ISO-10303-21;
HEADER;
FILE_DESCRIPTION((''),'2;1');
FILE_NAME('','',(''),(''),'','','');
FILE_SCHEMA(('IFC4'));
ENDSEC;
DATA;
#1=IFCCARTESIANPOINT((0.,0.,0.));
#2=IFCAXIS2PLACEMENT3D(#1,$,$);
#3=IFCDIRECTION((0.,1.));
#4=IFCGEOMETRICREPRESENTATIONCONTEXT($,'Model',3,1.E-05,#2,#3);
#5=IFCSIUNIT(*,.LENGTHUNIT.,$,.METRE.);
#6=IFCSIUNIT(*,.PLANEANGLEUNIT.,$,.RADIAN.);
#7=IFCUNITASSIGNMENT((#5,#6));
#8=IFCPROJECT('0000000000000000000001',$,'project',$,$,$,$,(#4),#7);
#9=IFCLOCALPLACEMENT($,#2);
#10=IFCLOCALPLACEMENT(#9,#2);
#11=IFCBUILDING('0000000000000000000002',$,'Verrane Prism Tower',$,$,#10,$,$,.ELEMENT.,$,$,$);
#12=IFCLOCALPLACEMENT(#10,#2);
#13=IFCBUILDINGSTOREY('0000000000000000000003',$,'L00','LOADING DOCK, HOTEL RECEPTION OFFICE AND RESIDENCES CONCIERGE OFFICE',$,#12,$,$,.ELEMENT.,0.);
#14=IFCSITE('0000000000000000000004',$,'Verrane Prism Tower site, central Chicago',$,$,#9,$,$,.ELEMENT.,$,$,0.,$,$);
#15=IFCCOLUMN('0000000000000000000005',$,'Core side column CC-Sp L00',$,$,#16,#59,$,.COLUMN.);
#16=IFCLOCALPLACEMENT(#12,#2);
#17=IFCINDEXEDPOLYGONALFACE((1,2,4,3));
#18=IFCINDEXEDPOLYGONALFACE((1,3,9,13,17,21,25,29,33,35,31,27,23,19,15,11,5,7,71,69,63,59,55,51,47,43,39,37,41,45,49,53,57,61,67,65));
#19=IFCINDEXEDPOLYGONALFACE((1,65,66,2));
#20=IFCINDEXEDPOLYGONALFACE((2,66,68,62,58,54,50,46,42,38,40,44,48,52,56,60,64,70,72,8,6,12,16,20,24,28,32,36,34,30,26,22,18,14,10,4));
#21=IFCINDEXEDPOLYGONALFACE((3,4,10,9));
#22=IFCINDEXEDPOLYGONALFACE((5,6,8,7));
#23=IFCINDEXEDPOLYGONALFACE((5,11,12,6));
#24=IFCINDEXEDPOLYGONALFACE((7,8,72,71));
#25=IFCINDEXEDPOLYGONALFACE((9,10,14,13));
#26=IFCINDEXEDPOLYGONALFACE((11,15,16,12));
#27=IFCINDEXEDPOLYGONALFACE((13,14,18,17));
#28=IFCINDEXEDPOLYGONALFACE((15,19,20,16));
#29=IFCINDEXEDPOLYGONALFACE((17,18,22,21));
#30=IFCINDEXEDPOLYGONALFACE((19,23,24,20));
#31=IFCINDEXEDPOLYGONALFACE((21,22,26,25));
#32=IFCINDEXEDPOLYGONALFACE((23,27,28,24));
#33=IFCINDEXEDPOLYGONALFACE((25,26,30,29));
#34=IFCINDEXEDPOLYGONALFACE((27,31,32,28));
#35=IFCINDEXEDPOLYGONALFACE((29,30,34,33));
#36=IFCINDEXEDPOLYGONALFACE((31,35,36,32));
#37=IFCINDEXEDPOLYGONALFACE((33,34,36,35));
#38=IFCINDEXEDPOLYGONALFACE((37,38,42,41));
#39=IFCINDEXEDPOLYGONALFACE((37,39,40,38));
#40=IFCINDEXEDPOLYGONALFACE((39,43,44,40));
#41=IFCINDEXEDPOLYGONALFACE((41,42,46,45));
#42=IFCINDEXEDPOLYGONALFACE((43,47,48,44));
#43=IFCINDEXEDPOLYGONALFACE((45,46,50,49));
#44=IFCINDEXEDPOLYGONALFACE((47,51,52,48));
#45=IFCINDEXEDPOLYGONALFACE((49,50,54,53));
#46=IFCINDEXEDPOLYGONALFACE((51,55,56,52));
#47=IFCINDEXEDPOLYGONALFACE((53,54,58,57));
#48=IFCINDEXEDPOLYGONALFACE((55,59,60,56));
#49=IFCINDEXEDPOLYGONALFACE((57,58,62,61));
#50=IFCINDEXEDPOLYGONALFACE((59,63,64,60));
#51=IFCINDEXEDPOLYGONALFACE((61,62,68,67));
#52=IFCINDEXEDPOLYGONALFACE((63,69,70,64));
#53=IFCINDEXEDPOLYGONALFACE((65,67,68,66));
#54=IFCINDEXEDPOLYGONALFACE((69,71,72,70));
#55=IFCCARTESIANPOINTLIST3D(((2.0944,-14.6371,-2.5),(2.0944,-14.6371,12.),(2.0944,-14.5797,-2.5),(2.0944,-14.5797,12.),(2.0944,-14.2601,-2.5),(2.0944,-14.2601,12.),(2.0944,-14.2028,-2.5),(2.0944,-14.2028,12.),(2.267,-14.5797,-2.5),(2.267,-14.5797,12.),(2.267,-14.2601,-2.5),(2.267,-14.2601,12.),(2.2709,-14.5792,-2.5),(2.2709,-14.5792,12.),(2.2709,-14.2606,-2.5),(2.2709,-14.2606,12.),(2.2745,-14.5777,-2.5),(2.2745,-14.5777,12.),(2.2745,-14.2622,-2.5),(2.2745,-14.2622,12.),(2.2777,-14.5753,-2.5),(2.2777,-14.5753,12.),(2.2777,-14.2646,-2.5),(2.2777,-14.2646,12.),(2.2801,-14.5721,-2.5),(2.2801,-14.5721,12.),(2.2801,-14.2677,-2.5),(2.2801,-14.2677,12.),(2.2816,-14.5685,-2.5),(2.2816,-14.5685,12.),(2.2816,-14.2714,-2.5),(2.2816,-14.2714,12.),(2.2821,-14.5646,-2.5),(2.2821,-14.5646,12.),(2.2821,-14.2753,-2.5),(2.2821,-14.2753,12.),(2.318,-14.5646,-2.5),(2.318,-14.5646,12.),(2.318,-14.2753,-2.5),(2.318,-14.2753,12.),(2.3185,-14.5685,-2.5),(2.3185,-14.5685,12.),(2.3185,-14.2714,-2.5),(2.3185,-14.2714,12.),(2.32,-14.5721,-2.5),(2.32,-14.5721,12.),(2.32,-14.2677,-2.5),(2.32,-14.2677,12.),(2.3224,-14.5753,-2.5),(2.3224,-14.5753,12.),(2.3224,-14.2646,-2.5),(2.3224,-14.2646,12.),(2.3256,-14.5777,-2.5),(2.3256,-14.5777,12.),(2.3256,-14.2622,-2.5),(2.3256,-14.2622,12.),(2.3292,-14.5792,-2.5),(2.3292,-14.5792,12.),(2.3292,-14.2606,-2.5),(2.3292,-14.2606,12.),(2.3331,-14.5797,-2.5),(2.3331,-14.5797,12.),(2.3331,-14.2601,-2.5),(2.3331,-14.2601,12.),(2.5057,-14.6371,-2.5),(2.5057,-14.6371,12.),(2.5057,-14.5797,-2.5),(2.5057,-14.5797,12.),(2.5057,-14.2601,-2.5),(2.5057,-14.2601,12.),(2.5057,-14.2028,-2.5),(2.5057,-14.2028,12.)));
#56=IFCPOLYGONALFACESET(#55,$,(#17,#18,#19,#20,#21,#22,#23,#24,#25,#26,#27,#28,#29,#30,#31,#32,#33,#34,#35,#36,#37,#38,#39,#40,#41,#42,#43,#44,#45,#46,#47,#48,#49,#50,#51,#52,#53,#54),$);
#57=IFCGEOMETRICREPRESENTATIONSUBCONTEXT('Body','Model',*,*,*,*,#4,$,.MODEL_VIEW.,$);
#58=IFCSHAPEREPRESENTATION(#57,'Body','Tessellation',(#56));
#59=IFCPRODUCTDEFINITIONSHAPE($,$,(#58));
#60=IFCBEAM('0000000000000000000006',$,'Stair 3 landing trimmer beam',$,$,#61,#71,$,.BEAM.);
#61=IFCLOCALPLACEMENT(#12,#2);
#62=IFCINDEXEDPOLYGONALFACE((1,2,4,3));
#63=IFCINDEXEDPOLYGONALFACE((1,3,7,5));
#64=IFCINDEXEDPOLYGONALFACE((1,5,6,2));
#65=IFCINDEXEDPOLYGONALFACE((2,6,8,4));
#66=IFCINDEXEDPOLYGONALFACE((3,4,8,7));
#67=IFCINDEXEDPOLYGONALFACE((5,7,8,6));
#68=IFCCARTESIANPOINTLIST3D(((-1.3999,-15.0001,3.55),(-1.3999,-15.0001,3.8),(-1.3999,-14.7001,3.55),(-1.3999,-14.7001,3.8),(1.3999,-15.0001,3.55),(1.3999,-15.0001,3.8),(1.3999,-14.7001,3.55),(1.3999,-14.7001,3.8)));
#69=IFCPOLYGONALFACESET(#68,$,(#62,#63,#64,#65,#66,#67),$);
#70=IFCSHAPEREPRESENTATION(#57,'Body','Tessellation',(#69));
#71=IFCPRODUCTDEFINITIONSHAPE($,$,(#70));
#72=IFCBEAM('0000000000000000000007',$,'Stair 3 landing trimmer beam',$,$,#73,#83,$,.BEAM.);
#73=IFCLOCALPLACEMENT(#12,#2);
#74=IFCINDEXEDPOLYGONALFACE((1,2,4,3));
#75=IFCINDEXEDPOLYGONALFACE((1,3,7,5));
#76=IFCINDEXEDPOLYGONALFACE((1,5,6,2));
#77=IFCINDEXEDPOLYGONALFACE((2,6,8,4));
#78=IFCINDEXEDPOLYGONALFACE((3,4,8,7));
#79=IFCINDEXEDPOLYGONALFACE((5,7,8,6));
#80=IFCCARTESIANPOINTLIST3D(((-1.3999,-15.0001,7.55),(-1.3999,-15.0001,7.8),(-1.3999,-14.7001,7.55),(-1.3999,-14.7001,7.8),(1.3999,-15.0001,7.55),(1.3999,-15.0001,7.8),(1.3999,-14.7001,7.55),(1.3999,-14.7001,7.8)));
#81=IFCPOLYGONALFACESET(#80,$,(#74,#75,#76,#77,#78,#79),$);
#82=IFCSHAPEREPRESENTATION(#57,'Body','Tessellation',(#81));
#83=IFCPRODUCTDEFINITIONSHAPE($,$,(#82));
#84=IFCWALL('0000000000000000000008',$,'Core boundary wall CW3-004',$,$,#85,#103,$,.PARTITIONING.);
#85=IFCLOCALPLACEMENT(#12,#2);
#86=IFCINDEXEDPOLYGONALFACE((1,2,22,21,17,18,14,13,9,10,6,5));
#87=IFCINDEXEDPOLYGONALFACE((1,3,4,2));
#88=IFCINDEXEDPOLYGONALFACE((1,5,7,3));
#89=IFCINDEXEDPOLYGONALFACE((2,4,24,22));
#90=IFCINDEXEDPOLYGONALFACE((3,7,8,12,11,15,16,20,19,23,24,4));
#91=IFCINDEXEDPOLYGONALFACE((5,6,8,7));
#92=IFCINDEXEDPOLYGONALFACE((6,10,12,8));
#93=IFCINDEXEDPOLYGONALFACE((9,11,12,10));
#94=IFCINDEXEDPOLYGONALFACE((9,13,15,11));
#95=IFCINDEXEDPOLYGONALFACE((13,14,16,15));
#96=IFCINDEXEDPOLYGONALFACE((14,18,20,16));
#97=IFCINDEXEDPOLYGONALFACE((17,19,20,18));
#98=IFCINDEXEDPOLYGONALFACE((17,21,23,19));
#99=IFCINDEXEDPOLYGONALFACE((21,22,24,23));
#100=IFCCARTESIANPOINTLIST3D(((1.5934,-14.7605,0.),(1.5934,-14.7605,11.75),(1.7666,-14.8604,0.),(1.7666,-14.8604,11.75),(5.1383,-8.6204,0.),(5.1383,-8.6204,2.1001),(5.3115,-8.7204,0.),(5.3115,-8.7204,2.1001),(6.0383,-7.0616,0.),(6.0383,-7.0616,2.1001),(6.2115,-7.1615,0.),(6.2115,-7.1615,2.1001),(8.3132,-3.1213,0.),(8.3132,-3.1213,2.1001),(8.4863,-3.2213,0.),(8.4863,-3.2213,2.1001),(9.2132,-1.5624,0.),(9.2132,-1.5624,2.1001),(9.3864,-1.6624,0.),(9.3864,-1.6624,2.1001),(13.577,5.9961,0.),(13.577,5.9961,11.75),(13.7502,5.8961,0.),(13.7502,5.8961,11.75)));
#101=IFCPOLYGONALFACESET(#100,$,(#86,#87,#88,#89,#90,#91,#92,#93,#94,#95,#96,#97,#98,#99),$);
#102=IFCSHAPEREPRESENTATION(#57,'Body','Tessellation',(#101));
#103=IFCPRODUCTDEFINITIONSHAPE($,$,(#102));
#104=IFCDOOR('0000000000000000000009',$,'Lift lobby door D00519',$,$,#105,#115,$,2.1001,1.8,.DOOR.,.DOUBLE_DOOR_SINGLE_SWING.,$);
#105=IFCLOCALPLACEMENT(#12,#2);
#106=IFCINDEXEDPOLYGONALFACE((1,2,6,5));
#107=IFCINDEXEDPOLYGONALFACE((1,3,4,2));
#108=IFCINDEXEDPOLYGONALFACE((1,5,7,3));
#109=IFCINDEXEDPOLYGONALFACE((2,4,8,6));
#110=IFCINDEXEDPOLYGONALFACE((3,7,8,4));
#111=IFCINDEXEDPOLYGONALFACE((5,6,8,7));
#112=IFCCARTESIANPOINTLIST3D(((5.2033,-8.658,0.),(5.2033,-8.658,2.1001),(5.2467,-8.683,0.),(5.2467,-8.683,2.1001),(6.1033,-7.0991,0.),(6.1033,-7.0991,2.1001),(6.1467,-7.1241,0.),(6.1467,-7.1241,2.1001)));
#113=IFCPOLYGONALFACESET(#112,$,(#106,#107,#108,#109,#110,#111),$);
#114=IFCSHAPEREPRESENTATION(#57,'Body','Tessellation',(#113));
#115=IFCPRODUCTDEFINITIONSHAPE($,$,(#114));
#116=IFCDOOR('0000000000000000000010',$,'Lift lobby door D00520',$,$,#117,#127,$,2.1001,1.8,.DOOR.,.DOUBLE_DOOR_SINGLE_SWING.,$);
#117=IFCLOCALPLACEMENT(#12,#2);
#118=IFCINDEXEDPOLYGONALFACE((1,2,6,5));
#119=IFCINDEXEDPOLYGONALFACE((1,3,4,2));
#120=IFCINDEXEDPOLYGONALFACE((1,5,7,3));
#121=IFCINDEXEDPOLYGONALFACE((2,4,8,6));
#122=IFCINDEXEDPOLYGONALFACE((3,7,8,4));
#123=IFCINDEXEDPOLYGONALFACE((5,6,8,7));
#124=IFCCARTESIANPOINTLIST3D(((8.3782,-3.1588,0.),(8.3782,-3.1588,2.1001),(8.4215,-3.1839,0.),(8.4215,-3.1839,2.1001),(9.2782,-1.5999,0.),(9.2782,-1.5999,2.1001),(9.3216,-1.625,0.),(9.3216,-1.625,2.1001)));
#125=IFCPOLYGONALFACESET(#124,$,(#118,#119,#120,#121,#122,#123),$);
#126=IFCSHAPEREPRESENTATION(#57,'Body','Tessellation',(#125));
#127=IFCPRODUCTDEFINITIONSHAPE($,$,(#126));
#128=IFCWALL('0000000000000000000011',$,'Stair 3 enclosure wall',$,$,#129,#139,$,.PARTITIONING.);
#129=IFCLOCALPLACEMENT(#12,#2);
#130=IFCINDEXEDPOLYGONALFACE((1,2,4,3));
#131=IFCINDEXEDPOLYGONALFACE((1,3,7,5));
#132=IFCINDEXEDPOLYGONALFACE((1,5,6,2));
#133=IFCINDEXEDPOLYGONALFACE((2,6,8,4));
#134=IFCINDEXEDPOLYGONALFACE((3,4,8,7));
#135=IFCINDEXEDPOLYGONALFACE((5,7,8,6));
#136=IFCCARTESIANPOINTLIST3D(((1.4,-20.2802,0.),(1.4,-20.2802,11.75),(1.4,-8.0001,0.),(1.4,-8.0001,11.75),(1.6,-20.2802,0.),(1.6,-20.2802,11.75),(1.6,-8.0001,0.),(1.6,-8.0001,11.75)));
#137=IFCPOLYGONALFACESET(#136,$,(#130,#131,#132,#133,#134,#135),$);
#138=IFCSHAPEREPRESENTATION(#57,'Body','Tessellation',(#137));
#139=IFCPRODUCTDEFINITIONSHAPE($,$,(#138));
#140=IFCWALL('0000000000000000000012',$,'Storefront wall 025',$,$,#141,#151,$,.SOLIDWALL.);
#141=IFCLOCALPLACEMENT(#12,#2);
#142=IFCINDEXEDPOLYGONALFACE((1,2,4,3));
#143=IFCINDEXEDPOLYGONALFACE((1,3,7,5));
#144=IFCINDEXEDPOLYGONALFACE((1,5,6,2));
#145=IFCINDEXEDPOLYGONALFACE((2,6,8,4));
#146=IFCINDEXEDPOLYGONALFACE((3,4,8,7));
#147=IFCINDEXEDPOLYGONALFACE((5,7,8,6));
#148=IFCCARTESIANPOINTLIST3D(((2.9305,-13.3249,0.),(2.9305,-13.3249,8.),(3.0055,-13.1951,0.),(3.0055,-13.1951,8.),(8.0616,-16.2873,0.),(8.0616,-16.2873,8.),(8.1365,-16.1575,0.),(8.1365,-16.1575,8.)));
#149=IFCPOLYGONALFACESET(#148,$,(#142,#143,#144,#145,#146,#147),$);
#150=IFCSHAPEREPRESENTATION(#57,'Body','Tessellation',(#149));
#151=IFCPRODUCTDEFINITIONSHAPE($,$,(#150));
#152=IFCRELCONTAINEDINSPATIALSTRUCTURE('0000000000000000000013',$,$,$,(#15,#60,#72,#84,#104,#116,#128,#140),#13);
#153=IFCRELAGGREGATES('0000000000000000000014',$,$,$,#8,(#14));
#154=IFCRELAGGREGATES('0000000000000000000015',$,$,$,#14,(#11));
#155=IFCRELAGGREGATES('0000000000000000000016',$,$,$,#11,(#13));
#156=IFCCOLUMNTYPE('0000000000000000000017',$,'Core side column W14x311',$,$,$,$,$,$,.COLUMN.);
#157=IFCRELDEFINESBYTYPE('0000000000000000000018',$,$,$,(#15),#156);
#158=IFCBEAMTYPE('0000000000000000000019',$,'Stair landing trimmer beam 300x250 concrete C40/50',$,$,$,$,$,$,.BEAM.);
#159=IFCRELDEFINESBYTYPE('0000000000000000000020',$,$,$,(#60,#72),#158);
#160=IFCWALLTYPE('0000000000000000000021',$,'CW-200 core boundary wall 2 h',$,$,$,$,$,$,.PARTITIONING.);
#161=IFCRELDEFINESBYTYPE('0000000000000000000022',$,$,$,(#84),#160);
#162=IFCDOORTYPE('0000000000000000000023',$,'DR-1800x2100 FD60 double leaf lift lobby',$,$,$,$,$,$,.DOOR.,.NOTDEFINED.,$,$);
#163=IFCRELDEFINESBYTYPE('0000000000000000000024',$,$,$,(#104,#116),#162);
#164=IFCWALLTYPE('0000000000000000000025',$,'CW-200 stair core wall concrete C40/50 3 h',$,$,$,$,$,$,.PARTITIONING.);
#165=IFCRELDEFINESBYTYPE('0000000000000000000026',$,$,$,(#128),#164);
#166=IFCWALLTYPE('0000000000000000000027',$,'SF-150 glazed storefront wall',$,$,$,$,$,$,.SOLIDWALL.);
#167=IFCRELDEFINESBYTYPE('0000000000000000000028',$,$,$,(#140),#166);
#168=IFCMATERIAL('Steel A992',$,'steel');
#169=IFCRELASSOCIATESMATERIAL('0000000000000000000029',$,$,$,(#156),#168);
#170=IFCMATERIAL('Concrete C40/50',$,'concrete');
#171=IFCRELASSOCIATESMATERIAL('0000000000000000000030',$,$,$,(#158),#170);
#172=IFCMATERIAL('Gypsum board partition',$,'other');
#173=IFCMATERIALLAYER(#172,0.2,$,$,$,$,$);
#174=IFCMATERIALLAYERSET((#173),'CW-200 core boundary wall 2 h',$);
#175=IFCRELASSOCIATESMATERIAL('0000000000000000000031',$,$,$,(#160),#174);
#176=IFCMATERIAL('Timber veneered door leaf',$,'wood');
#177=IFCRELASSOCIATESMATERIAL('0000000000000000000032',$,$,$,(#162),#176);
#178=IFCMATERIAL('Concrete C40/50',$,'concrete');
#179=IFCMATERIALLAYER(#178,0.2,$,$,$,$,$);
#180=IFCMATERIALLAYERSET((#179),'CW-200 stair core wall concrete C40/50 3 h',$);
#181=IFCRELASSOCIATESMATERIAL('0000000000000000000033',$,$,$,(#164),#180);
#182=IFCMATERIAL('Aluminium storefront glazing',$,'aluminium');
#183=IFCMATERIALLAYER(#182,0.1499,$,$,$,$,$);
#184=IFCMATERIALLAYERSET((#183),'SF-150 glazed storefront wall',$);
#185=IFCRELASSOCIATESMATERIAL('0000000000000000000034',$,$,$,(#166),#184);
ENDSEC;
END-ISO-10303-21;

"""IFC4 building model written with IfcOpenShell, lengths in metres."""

from ifc_helpers import new_model, si_unit, direction, frame, frame_2d, origin, origin_2d, place, context, subcontext, project, spatial, rectangle, i_section, extrude, material, layer, layer_set, material_profile, profile_set, type_object, element, fill, save


model = new_model("IFC4")

# Units and contexts
model_context = context("Model", 3, precision=1e-05, world=origin(), true_north=direction((0.0, 1.0)))
body_context = subcontext(model_context, "Body", "Model", "MODEL_VIEW")
ifc_project = project(units=[si_unit("LENGTHUNIT", "METRE"), si_unit("PLANEANGLEUNIT", "RADIAN")], contexts=[model_context])

# Site, building, storey
site_placement = place(None, origin())
site = spatial("IfcSite", under=ifc_project, at=site_placement, Name="Verrane Prism Tower site, central Chicago", CompositionType="ELEMENT", RefElevation=0.0)
building_placement = place(site_placement, origin())
building = spatial("IfcBuilding", under=site, at=building_placement, Name="Verrane Prism Tower", CompositionType="ELEMENT")
storey_placement = place(building_placement, origin())
storey = spatial("IfcBuildingStorey", under=building, at=storey_placement, Name="L00", Description="LOADING DOCK, HOTEL RECEPTION OFFICE AND RESIDENCES CONCIERGE OFFICE", CompositionType="ELEMENT", Elevation=0.0)

# Column
ifc_material_1 = material(Name="Steel A992", Category="steel")
ifc_material_profile_1 = material_profile(ifc_material_1, i_section(OverallWidth=0.4114, OverallDepth=0.4343, WebThickness=0.0359, FlangeThickness=0.0574, FilletRadius=0.0151, at=origin_2d()), Name="W14x311")
ifc_profile_set_1 = profile_set([ifc_material_profile_1], Name="Steel A992")
column_type = type_object("IfcColumnType", Name="Core side column W14x311", PredefinedType="COLUMN", material=ifc_profile_set_1)
column_placement = place(storey_placement, frame((2.3, -14.4199, -2.5), z_axis=(0.0, 0.0, 1.0), x_axis=(1.0, 0.0, 0.0)))
element("IfcColumn", 1, at=column_placement, inside=storey, type_object=column_type, Name="Core side column CC-Sp L00", PredefinedType="COLUMN", context=body_context, shape_type="SweptSolid", body=[
    extrude(i_section(OverallWidth=0.4114, OverallDepth=0.4343, WebThickness=0.0359, FlangeThickness=0.0574, FilletRadius=0.0151, at=origin_2d()), origin(), (0.0, 0.0, 1.0), 14.5),
])

# Beams
ifc_material_2 = material(Name="Concrete C40/50", Category="concrete")
ifc_material_profile_2 = material_profile(ifc_material_2, rectangle(XDim=0.3, YDim=0.25, at=origin_2d()), Name="RC 300x250")
ifc_profile_set_2 = profile_set([ifc_material_profile_2], Name="Concrete C40/50")
beam_type = type_object("IfcBeamType", Name="Stair landing trimmer beam 300x250 concrete C40/50", PredefinedType="BEAM", material=ifc_profile_set_2)
for number, where, z_axis, x_axis, name in (
    (2, (1.3999, -14.8501, 3.675), (-1.0, 0.0, 0.0), (0.0, -1.0, 0.0), "Stair 3 landing trimmer beam"),
    (3, (1.3999, -14.8501, 7.675), (-1.0, 0.0, 0.0), (0.0, -1.0, 0.0), "Stair 3 landing trimmer beam"),
):
    element("IfcBeam", number, at=place(storey_placement, frame(where, z_axis=z_axis, x_axis=x_axis)), inside=storey, type_object=beam_type, Name=name, PredefinedType="BEAM", context=body_context, shape_type="SweptSolid", body=[
        extrude(rectangle(XDim=0.3, YDim=0.25, at=origin_2d()), origin(), (0.0, 0.0, 1.0), 2.7998),
    ])

# Wall, openings, doors
ifc_material_3 = material(Name="Gypsum board partition", Category="other")
ifc_layer_1 = layer(ifc_material_3, 0.2)
ifc_layer_set_1 = layer_set([ifc_layer_1], Name="CW-200 core boundary wall 2 h")
wall_type_1 = type_object("IfcWallType", Name="CW-200 core boundary wall 2 h", PredefinedType="PARTITIONING", material=ifc_layer_set_1)
wall_1_placement = place(storey_placement, frame((1.6799, -14.8105, 0.0), z_axis=(0.0, 0.0, 1.0), x_axis=(0.499994, 0.866029, 0.0)))
wall_1 = element("IfcWall", 4, at=wall_1_placement, inside=storey, type_object=wall_type_1, Name="Core boundary wall CW3-004", PredefinedType="PARTITIONING", context=body_context, shape_type="SweptSolid", body=[
    extrude(rectangle(XDim=23.9675, YDim=0.2, at=frame_2d((11.9839, 0.0))), origin(), (0.0, 0.0, 1.0), 11.75),
])
opening_1_placement = place(wall_1_placement, frame((7.0901, 0.0, 0.0)))
opening_1 = element("IfcOpeningElement", 5, at=opening_1_placement, cuts=wall_1, PredefinedType="OPENING", context=body_context, shape_type="SweptSolid", body=[
    extrude(rectangle(XDim=1.8, YDim=2.1001, at=frame_2d((0.8999, 1.05))), frame((0.0, 0.1099, 0.0), z_axis=(0.0, -1.0, 0.0), x_axis=(1.0, 0.0, 0.0)), (0.0, 0.0, 1.0), 0.22),
])
opening_2_placement = place(wall_1_placement, frame((13.4399, 0.0, 0.0)))
opening_2 = element("IfcOpeningElement", 6, at=opening_2_placement, cuts=wall_1, PredefinedType="OPENING", context=body_context, shape_type="SweptSolid", body=[
    extrude(rectangle(XDim=1.8, YDim=2.1001, at=frame_2d((0.8999, 1.05))), frame((0.0, 0.1099, 0.0), z_axis=(0.0, -1.0, 0.0), x_axis=(1.0, 0.0, 0.0)), (0.0, 0.0, 1.0), 0.22),
])
ifc_material_4 = material(Name="Timber veneered door leaf", Category="wood")
door_type = type_object("IfcDoorType", Name="DR-1800x2100 FD60 double leaf lift lobby", OperationType="NOTDEFINED", PredefinedType="DOOR", material=ifc_material_4)
door_1_placement = place(opening_1_placement, origin())
door_1 = element("IfcDoor", 7, at=door_1_placement, inside=storey, type_object=door_type, Name="Lift lobby door D00519", OperationType="DOUBLE_DOOR_SINGLE_SWING", OverallHeight=2.1001, OverallWidth=1.8, PredefinedType="DOOR", context=body_context, shape_type="SweptSolid", body=[
    extrude(rectangle(XDim=1.8, YDim=2.1001, at=frame_2d((0.8999, 1.05))), frame((0.0, 0.0249, 0.0), z_axis=(0.0, -1.0, 0.0), x_axis=(1.0, 0.0, 0.0)), (0.0, 0.0, 1.0), 0.05),
])
fill(opening_1, door_1)
door_2_placement = place(opening_2_placement, origin())
door_2 = element("IfcDoor", 8, at=door_2_placement, inside=storey, type_object=door_type, Name="Lift lobby door D00520", OperationType="DOUBLE_DOOR_SINGLE_SWING", OverallHeight=2.1001, OverallWidth=1.8, PredefinedType="DOOR", context=body_context, shape_type="SweptSolid", body=[
    extrude(rectangle(XDim=1.8, YDim=2.1001, at=frame_2d((0.8999, 1.05))), frame((0.0, 0.0249, 0.0), z_axis=(0.0, -1.0, 0.0), x_axis=(1.0, 0.0, 0.0)), (0.0, 0.0, 1.0), 0.05),
])
fill(opening_2, door_2)

# Walls
ifc_material_5 = material(Name="Concrete C40/50", Category="concrete")
ifc_layer_2 = layer(ifc_material_5, 0.2)
ifc_layer_set_2 = layer_set([ifc_layer_2], Name="CW-200 stair core wall concrete C40/50 3 h")
wall_type_2 = type_object("IfcWallType", Name="CW-200 stair core wall concrete C40/50 3 h", PredefinedType="PARTITIONING", material=ifc_layer_set_2)
wall_2_placement = place(storey_placement, frame((1.5, -8.0, 0.0), z_axis=(0.0, 0.0, 1.0), x_axis=(0.0, -1.0, 0.0)))
element("IfcWall", 9, at=wall_2_placement, inside=storey, type_object=wall_type_2, Name="Stair 3 enclosure wall", PredefinedType="PARTITIONING", context=body_context, shape_type="SweptSolid", body=[
    extrude(rectangle(XDim=12.28, YDim=0.2, at=frame_2d((6.1401, 0.0))), origin(), (0.0, 0.0, 1.0), 11.75),
])
ifc_material_6 = material(Name="Aluminium storefront glazing", Category="aluminium")
ifc_layer_3 = layer(ifc_material_6, 0.1499)
ifc_layer_set_3 = layer_set([ifc_layer_3], Name="SF-150 glazed storefront wall")
wall_type_3 = type_object("IfcWallType", Name="SF-150 glazed storefront wall", PredefinedType="SOLIDWALL", material=ifc_layer_set_3)
wall_3_placement = place(storey_placement, frame((2.968, -13.26, 0.0), z_axis=(0.0, 0.0, 1.0), x_axis=(0.866028, -0.499995, 0.0)))
element("IfcWall", 10, at=wall_3_placement, inside=storey, type_object=wall_type_3, Name="Storefront wall 025", PredefinedType="SOLIDWALL", context=body_context, shape_type="SweptSolid", body=[
    extrude(rectangle(XDim=5.9248, YDim=0.1499, at=frame_2d((2.9624, 0.0))), origin(), (0.0, 0.0, 1.0), 8.0),
])

save(model, "model.ifc")
